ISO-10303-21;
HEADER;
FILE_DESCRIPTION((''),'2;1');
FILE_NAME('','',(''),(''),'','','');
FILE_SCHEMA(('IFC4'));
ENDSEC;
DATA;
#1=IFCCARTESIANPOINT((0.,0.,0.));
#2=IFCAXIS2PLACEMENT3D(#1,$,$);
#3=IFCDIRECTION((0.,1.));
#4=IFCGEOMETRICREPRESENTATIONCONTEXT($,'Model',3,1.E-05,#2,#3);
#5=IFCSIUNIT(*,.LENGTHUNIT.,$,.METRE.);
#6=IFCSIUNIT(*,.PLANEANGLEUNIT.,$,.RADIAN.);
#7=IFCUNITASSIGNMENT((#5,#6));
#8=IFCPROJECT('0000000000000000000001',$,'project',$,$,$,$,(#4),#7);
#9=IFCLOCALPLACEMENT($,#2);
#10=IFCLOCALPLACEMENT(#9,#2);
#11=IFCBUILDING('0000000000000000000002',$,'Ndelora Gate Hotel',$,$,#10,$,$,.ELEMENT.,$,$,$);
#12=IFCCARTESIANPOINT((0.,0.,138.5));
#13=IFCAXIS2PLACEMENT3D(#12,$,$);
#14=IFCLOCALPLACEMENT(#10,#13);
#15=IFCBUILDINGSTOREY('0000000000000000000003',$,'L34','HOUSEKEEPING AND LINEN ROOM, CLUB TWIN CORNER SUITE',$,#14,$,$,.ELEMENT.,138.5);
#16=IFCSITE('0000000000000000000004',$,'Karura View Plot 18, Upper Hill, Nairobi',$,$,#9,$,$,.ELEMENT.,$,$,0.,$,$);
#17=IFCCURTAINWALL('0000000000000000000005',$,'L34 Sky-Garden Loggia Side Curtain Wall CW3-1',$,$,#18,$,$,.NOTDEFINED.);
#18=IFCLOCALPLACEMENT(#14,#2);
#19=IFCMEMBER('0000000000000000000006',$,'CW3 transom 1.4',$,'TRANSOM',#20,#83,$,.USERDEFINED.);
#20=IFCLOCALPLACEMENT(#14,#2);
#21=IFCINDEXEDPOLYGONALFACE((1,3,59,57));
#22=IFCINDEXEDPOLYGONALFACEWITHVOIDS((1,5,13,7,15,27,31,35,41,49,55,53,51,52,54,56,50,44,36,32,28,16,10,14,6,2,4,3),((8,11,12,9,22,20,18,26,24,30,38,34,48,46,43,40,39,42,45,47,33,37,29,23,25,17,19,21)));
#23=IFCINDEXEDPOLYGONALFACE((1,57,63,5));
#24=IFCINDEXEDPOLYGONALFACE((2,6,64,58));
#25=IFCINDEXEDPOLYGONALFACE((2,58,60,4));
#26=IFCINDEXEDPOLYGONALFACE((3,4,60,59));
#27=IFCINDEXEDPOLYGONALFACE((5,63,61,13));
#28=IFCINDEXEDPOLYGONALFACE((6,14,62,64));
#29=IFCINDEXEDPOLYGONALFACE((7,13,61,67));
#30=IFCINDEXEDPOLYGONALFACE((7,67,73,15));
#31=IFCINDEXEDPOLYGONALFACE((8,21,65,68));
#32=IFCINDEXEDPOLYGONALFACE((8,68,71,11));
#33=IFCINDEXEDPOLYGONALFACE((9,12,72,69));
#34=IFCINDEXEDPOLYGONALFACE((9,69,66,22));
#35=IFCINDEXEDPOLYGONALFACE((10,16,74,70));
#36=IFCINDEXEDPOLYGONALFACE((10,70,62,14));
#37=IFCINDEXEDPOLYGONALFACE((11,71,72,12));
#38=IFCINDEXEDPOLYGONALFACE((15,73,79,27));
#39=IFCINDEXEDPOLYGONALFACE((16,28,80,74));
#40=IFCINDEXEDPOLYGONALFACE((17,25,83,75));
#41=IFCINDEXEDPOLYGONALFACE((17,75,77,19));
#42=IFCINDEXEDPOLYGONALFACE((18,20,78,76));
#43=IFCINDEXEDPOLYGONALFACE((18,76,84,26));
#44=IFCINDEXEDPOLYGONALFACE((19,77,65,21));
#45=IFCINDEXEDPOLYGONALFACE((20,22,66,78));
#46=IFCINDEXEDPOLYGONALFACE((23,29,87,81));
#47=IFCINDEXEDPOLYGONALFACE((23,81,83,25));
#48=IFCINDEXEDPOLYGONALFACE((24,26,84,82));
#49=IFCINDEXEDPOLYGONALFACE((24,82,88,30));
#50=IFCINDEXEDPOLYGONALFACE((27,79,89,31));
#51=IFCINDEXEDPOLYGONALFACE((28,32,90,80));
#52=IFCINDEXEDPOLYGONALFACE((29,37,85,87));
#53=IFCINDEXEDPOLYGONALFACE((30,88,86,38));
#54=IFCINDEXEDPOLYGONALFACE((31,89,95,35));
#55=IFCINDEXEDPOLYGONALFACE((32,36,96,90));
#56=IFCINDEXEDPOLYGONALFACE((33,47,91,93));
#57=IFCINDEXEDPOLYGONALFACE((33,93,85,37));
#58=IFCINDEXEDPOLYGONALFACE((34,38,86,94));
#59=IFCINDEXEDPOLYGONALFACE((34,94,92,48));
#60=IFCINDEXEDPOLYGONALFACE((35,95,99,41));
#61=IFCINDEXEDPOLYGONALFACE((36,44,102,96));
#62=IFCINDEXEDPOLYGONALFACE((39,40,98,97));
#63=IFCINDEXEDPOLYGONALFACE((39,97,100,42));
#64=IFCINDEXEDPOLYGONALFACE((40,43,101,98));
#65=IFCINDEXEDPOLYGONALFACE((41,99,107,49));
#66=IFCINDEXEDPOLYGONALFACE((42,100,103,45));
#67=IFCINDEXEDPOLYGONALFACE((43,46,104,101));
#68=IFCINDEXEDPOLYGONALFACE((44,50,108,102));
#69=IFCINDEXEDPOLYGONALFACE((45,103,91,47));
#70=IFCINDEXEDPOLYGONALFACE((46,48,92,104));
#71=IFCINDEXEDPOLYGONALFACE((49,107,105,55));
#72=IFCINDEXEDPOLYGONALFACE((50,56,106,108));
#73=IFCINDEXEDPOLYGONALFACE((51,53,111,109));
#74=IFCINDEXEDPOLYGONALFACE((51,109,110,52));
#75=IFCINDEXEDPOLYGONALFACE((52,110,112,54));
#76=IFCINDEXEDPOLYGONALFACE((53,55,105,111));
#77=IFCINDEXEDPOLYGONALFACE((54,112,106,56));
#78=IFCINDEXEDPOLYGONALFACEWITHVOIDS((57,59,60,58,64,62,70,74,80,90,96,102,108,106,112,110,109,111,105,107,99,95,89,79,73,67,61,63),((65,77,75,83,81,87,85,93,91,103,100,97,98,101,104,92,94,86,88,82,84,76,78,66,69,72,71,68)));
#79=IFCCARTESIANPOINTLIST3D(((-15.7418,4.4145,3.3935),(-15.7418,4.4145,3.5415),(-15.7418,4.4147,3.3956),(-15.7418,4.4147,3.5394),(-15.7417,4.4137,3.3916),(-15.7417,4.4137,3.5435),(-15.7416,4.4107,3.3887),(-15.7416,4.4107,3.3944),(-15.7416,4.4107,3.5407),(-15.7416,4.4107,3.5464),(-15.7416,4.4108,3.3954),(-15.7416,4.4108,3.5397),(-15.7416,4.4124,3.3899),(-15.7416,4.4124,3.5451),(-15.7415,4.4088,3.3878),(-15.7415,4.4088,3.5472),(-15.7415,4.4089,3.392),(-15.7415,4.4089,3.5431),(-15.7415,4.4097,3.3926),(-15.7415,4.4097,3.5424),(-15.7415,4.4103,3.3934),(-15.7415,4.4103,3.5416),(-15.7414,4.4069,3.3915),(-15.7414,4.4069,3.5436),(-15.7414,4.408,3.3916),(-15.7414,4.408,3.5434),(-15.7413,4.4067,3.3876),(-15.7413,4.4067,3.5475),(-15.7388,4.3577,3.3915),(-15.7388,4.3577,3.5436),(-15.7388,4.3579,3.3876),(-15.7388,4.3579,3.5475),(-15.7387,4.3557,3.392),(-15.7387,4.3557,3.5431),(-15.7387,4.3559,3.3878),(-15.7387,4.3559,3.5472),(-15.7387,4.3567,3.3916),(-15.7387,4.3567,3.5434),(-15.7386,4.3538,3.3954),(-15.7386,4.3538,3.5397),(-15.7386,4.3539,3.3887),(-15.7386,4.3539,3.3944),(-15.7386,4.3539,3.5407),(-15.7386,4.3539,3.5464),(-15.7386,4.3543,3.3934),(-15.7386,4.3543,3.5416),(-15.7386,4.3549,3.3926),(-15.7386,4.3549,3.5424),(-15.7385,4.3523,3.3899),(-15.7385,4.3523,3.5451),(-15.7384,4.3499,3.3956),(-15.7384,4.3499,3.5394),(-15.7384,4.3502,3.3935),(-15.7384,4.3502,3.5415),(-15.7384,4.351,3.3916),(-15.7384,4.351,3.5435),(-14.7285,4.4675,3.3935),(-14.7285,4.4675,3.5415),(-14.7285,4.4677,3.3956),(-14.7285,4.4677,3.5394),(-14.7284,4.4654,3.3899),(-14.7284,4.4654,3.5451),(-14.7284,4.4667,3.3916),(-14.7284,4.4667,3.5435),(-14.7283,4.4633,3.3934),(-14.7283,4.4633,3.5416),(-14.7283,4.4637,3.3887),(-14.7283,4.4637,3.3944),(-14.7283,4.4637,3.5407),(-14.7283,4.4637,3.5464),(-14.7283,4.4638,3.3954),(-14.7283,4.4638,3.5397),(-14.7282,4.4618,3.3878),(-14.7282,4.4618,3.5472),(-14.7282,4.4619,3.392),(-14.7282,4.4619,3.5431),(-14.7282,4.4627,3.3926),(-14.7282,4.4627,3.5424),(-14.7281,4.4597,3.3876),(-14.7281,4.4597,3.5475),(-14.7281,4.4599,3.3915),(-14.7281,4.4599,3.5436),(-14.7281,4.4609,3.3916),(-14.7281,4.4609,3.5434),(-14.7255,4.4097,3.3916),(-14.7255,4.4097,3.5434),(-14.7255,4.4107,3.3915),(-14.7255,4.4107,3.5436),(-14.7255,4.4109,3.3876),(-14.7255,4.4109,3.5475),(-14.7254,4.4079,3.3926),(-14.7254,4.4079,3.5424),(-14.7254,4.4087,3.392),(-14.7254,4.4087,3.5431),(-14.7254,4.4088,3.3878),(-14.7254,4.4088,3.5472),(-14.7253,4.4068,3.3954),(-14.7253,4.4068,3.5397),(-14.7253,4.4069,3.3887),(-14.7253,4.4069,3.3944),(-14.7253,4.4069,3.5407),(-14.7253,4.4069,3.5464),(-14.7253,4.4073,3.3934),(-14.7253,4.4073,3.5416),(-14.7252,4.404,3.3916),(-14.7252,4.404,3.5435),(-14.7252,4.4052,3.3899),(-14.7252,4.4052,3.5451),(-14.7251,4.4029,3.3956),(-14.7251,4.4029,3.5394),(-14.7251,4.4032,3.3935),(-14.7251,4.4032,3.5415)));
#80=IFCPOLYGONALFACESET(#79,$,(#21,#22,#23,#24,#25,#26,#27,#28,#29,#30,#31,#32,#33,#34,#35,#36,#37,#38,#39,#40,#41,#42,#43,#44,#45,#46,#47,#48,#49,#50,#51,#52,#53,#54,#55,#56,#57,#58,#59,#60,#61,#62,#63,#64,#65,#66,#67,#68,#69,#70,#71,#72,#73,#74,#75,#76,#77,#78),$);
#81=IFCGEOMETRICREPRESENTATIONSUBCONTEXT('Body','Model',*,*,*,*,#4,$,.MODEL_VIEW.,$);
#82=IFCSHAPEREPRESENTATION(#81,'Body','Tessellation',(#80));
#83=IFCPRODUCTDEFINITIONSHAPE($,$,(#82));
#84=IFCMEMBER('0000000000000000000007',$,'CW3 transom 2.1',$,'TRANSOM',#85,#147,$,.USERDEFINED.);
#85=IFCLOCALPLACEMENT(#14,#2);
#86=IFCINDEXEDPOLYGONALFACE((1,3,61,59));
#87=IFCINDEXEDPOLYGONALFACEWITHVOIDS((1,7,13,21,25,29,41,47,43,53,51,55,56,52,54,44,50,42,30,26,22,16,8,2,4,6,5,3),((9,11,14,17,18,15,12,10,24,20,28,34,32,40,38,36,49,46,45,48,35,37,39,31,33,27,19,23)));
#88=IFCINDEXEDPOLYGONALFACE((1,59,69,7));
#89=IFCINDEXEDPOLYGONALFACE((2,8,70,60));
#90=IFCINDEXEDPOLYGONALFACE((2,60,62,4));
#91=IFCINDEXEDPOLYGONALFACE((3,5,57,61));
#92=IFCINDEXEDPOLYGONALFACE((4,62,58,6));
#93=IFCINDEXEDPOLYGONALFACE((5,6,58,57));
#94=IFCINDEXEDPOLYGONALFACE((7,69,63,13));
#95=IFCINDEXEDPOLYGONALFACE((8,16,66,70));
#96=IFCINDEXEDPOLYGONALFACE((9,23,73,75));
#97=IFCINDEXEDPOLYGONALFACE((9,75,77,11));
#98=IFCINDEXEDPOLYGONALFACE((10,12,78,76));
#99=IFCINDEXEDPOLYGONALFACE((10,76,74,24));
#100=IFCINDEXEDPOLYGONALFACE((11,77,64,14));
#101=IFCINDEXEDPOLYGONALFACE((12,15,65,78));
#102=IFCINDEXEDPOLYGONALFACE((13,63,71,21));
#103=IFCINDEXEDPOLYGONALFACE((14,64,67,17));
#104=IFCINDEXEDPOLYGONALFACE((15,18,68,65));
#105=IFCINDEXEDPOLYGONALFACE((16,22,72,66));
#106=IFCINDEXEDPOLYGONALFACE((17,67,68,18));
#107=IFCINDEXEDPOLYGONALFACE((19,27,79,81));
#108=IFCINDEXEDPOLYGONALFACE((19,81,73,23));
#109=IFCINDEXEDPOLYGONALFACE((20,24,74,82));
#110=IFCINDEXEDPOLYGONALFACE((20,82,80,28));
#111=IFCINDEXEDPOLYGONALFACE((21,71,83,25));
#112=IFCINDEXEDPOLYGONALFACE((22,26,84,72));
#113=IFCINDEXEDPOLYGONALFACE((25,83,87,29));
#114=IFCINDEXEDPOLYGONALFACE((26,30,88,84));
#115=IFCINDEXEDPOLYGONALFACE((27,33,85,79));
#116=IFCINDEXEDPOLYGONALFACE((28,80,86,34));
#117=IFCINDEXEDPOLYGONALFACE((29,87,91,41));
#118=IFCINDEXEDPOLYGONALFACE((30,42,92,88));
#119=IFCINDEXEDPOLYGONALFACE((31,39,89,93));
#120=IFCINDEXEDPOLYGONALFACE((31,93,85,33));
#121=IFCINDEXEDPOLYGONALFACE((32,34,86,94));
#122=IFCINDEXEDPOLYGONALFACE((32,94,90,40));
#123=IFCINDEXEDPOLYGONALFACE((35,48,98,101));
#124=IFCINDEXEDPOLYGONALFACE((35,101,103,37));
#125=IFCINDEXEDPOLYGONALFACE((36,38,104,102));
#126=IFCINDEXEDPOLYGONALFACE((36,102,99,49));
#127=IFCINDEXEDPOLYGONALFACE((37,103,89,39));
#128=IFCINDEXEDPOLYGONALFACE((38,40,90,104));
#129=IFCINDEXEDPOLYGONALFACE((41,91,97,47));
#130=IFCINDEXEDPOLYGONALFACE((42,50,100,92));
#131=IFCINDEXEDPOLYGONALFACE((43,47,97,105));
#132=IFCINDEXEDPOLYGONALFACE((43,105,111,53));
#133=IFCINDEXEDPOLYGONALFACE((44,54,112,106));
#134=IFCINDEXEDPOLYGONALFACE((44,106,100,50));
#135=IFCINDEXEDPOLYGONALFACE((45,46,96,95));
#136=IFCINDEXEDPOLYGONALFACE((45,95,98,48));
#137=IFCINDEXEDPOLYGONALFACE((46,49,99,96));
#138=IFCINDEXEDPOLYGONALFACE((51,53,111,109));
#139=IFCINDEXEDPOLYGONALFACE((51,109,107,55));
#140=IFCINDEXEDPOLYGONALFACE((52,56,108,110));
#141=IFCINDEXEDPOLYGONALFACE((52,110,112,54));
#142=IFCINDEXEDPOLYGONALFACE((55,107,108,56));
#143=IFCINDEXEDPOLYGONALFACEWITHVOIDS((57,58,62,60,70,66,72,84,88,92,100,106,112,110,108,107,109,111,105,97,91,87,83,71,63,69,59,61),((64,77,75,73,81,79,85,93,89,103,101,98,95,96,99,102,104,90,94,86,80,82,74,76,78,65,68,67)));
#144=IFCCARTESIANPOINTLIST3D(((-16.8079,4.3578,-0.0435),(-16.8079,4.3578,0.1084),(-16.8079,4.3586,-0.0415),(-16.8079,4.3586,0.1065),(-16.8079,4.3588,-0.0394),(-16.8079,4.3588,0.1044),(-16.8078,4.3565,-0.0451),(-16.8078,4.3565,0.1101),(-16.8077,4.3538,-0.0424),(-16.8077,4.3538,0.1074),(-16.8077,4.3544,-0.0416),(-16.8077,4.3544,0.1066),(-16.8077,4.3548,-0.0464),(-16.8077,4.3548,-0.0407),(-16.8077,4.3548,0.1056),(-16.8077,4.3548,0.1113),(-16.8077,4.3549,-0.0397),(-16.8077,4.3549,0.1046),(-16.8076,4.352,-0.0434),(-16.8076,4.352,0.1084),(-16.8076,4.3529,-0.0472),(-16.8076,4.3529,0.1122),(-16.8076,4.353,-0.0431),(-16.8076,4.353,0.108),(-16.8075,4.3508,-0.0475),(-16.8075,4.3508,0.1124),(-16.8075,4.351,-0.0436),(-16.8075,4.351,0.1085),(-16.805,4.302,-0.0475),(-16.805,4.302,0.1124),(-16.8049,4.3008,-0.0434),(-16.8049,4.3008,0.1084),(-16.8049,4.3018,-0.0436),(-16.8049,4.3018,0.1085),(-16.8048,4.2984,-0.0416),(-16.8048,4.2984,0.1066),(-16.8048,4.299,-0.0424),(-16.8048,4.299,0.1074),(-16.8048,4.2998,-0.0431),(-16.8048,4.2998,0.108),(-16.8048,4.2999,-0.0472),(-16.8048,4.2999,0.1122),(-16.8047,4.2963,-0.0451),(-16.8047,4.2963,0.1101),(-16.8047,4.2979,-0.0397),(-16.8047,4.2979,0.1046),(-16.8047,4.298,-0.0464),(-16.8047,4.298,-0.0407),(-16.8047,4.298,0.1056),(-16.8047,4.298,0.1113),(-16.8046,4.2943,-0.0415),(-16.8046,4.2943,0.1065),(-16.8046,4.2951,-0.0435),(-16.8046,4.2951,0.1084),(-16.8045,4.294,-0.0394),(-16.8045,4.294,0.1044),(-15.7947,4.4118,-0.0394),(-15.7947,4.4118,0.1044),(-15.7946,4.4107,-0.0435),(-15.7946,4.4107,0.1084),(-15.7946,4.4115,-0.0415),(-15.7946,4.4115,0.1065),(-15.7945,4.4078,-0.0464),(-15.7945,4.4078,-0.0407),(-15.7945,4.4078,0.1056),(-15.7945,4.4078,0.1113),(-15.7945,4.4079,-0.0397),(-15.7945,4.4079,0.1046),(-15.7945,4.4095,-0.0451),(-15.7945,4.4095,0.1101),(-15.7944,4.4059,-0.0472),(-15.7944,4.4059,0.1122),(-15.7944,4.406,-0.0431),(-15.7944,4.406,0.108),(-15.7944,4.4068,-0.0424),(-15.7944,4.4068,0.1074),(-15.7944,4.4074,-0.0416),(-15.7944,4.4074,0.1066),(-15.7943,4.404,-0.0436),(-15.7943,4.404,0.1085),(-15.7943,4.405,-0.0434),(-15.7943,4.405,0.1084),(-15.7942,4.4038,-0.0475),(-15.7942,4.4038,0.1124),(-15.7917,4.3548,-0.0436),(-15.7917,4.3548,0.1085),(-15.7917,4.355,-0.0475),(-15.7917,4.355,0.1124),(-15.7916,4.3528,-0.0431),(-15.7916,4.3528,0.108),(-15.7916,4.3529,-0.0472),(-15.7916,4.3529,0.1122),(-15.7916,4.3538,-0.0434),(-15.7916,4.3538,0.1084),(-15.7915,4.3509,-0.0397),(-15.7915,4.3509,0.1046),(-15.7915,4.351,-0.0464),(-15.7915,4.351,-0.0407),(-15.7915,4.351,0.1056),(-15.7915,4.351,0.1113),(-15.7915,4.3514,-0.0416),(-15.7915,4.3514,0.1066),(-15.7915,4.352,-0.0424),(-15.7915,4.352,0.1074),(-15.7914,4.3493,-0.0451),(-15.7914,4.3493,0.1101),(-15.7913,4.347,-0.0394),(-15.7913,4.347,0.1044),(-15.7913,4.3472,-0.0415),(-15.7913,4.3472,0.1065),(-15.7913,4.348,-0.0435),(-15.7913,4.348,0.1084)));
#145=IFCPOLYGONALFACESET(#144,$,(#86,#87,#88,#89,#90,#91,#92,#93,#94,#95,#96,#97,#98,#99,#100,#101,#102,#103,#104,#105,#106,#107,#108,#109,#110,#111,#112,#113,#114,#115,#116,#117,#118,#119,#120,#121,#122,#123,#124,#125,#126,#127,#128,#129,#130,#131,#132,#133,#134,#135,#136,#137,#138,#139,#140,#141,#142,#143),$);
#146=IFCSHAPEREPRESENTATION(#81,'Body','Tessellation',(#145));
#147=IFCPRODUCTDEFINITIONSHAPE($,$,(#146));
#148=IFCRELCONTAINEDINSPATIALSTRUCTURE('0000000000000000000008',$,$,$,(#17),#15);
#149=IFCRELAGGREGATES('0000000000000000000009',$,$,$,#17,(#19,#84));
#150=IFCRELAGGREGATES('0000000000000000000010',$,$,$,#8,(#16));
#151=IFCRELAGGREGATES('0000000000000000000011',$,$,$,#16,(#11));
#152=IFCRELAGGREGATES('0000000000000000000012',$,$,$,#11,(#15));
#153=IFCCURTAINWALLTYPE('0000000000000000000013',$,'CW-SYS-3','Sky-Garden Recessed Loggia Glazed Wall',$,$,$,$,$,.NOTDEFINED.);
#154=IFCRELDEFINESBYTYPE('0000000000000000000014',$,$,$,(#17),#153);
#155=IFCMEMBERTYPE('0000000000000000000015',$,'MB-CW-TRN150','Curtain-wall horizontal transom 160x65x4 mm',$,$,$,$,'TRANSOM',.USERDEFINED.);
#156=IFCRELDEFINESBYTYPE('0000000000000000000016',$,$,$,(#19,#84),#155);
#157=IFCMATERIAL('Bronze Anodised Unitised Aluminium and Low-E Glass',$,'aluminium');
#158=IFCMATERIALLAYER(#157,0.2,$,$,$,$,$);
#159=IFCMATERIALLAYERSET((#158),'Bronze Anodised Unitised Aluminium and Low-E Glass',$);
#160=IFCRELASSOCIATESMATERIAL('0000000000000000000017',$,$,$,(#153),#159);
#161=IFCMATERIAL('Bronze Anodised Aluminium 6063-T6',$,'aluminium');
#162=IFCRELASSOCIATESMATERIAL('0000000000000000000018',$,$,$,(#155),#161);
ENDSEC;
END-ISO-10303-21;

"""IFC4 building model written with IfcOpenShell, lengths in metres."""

from ifc_helpers import new_model, si_unit, direction, frame, origin, origin_2d, place, context, subcontext, project, spatial, hollow_rectangle, extrude, material, layer, layer_set, material_profile, profile_set, type_object, element, aggregate, save


model = new_model("IFC4")

# Units and contexts
model_context = context("Model", 3, precision=1e-05, world=origin(), true_north=direction((0.0, 1.0)))
body_context = subcontext(model_context, "Body", "Model", "MODEL_VIEW")
ifc_project = project(units=[si_unit("LENGTHUNIT", "METRE"), si_unit("PLANEANGLEUNIT", "RADIAN")], contexts=[model_context])

# Site, building, storey
site_placement = place(None, origin())
site = spatial("IfcSite", under=ifc_project, at=site_placement, Name="Karura View Plot 18, Upper Hill, Nairobi", CompositionType="ELEMENT", RefElevation=0.0)
building_placement = place(site_placement, origin())
building = spatial("IfcBuilding", under=site, at=building_placement, Name="Ndelora Gate Hotel", CompositionType="ELEMENT")
storey_placement = place(building_placement, frame((0.0, 0.0, 138.5)))
storey = spatial("IfcBuildingStorey", under=building, at=storey_placement, Name="L34", Description="HOUSEKEEPING AND LINEN ROOM, CLUB TWIN CORNER SUITE", CompositionType="ELEMENT", Elevation=138.5)

# Curtain wall, members
ifc_material_1 = material(Name="Bronze Anodised Unitised Aluminium and Low-E Glass", Category="aluminium")
ifc_layer_1 = layer(ifc_material_1, 0.2)
ifc_layer_set_1 = layer_set([ifc_layer_1], Name="Bronze Anodised Unitised Aluminium and Low-E Glass")
curtain_wall_type = type_object("IfcCurtainWallType", Name="CW-SYS-3", Description="Sky-Garden Recessed Loggia Glazed Wall", PredefinedType="NOTDEFINED", material=ifc_layer_set_1)
curtain_wall_placement = place(storey_placement, origin())
curtain_wall = element("IfcCurtainWall", 1, at=curtain_wall_placement, inside=storey, type_object=curtain_wall_type, Name="L34 Sky-Garden Loggia Side Curtain Wall CW3-1", PredefinedType="NOTDEFINED")
ifc_material_2 = material(Name="Bronze Anodised Aluminium 6063-T6", Category="aluminium")
ifc_material_profile_1 = material_profile(ifc_material_2, hollow_rectangle(XDim=0.0649, YDim=0.1599, WallThickness=0.0039, InnerFilletRadius=0.0039, OuterFilletRadius=0.0081, at=origin_2d()), Name="ALU 160x65x4")
ifc_profile_set_1 = profile_set([ifc_material_profile_1], Name="Bronze Anodised Aluminium 6063-T6")
member_type_1 = type_object("IfcMemberType", Name="MB-CW-TRN150", Description="Curtain-wall horizontal transom 160x65x4 mm", ElementType="TRANSOM", PredefinedType="USERDEFINED", material=ifc_profile_set_1)
member_1_placement = place(storey_placement, frame((-14.7268, 4.4353, 3.4675), z_axis=(-0.998636, -0.052218, 0.0), x_axis=(0.052218, -0.998636, 0.0)))
member_1 = element("IfcMember", 2, at=member_1_placement, type_object=member_type_1, Name="CW3 transom 1.4", ObjectType="TRANSOM", PredefinedType="USERDEFINED", context=body_context, shape_type="SweptSolid", body=[
    extrude(hollow_rectangle(XDim=0.0649, YDim=0.1599, WallThickness=0.0039, InnerFilletRadius=0.0039, OuterFilletRadius=0.0081, at=origin_2d()), origin(), (0.0, 0.0, 1.0), 1.0146),
])
member_2_placement = place(storey_placement, frame((-15.793, 4.3794, 0.0325), z_axis=(-0.998636, -0.052218, 0.0), x_axis=(0.052218, -0.998636, 0.0)))
member_2 = element("IfcMember", 3, at=member_2_placement, type_object=member_type_1, Name="CW3 transom 2.1", ObjectType="TRANSOM", PredefinedType="USERDEFINED", context=body_context, shape_type="SweptSolid", body=[
    extrude(hollow_rectangle(XDim=0.0649, YDim=0.1599, WallThickness=0.0039, InnerFilletRadius=0.0039, OuterFilletRadius=0.0081, at=origin_2d()), origin(), (0.0, 0.0, 1.0), 1.0146),
])
aggregate(curtain_wall, [member_1, member_2])

save(model, "model.ifc")
